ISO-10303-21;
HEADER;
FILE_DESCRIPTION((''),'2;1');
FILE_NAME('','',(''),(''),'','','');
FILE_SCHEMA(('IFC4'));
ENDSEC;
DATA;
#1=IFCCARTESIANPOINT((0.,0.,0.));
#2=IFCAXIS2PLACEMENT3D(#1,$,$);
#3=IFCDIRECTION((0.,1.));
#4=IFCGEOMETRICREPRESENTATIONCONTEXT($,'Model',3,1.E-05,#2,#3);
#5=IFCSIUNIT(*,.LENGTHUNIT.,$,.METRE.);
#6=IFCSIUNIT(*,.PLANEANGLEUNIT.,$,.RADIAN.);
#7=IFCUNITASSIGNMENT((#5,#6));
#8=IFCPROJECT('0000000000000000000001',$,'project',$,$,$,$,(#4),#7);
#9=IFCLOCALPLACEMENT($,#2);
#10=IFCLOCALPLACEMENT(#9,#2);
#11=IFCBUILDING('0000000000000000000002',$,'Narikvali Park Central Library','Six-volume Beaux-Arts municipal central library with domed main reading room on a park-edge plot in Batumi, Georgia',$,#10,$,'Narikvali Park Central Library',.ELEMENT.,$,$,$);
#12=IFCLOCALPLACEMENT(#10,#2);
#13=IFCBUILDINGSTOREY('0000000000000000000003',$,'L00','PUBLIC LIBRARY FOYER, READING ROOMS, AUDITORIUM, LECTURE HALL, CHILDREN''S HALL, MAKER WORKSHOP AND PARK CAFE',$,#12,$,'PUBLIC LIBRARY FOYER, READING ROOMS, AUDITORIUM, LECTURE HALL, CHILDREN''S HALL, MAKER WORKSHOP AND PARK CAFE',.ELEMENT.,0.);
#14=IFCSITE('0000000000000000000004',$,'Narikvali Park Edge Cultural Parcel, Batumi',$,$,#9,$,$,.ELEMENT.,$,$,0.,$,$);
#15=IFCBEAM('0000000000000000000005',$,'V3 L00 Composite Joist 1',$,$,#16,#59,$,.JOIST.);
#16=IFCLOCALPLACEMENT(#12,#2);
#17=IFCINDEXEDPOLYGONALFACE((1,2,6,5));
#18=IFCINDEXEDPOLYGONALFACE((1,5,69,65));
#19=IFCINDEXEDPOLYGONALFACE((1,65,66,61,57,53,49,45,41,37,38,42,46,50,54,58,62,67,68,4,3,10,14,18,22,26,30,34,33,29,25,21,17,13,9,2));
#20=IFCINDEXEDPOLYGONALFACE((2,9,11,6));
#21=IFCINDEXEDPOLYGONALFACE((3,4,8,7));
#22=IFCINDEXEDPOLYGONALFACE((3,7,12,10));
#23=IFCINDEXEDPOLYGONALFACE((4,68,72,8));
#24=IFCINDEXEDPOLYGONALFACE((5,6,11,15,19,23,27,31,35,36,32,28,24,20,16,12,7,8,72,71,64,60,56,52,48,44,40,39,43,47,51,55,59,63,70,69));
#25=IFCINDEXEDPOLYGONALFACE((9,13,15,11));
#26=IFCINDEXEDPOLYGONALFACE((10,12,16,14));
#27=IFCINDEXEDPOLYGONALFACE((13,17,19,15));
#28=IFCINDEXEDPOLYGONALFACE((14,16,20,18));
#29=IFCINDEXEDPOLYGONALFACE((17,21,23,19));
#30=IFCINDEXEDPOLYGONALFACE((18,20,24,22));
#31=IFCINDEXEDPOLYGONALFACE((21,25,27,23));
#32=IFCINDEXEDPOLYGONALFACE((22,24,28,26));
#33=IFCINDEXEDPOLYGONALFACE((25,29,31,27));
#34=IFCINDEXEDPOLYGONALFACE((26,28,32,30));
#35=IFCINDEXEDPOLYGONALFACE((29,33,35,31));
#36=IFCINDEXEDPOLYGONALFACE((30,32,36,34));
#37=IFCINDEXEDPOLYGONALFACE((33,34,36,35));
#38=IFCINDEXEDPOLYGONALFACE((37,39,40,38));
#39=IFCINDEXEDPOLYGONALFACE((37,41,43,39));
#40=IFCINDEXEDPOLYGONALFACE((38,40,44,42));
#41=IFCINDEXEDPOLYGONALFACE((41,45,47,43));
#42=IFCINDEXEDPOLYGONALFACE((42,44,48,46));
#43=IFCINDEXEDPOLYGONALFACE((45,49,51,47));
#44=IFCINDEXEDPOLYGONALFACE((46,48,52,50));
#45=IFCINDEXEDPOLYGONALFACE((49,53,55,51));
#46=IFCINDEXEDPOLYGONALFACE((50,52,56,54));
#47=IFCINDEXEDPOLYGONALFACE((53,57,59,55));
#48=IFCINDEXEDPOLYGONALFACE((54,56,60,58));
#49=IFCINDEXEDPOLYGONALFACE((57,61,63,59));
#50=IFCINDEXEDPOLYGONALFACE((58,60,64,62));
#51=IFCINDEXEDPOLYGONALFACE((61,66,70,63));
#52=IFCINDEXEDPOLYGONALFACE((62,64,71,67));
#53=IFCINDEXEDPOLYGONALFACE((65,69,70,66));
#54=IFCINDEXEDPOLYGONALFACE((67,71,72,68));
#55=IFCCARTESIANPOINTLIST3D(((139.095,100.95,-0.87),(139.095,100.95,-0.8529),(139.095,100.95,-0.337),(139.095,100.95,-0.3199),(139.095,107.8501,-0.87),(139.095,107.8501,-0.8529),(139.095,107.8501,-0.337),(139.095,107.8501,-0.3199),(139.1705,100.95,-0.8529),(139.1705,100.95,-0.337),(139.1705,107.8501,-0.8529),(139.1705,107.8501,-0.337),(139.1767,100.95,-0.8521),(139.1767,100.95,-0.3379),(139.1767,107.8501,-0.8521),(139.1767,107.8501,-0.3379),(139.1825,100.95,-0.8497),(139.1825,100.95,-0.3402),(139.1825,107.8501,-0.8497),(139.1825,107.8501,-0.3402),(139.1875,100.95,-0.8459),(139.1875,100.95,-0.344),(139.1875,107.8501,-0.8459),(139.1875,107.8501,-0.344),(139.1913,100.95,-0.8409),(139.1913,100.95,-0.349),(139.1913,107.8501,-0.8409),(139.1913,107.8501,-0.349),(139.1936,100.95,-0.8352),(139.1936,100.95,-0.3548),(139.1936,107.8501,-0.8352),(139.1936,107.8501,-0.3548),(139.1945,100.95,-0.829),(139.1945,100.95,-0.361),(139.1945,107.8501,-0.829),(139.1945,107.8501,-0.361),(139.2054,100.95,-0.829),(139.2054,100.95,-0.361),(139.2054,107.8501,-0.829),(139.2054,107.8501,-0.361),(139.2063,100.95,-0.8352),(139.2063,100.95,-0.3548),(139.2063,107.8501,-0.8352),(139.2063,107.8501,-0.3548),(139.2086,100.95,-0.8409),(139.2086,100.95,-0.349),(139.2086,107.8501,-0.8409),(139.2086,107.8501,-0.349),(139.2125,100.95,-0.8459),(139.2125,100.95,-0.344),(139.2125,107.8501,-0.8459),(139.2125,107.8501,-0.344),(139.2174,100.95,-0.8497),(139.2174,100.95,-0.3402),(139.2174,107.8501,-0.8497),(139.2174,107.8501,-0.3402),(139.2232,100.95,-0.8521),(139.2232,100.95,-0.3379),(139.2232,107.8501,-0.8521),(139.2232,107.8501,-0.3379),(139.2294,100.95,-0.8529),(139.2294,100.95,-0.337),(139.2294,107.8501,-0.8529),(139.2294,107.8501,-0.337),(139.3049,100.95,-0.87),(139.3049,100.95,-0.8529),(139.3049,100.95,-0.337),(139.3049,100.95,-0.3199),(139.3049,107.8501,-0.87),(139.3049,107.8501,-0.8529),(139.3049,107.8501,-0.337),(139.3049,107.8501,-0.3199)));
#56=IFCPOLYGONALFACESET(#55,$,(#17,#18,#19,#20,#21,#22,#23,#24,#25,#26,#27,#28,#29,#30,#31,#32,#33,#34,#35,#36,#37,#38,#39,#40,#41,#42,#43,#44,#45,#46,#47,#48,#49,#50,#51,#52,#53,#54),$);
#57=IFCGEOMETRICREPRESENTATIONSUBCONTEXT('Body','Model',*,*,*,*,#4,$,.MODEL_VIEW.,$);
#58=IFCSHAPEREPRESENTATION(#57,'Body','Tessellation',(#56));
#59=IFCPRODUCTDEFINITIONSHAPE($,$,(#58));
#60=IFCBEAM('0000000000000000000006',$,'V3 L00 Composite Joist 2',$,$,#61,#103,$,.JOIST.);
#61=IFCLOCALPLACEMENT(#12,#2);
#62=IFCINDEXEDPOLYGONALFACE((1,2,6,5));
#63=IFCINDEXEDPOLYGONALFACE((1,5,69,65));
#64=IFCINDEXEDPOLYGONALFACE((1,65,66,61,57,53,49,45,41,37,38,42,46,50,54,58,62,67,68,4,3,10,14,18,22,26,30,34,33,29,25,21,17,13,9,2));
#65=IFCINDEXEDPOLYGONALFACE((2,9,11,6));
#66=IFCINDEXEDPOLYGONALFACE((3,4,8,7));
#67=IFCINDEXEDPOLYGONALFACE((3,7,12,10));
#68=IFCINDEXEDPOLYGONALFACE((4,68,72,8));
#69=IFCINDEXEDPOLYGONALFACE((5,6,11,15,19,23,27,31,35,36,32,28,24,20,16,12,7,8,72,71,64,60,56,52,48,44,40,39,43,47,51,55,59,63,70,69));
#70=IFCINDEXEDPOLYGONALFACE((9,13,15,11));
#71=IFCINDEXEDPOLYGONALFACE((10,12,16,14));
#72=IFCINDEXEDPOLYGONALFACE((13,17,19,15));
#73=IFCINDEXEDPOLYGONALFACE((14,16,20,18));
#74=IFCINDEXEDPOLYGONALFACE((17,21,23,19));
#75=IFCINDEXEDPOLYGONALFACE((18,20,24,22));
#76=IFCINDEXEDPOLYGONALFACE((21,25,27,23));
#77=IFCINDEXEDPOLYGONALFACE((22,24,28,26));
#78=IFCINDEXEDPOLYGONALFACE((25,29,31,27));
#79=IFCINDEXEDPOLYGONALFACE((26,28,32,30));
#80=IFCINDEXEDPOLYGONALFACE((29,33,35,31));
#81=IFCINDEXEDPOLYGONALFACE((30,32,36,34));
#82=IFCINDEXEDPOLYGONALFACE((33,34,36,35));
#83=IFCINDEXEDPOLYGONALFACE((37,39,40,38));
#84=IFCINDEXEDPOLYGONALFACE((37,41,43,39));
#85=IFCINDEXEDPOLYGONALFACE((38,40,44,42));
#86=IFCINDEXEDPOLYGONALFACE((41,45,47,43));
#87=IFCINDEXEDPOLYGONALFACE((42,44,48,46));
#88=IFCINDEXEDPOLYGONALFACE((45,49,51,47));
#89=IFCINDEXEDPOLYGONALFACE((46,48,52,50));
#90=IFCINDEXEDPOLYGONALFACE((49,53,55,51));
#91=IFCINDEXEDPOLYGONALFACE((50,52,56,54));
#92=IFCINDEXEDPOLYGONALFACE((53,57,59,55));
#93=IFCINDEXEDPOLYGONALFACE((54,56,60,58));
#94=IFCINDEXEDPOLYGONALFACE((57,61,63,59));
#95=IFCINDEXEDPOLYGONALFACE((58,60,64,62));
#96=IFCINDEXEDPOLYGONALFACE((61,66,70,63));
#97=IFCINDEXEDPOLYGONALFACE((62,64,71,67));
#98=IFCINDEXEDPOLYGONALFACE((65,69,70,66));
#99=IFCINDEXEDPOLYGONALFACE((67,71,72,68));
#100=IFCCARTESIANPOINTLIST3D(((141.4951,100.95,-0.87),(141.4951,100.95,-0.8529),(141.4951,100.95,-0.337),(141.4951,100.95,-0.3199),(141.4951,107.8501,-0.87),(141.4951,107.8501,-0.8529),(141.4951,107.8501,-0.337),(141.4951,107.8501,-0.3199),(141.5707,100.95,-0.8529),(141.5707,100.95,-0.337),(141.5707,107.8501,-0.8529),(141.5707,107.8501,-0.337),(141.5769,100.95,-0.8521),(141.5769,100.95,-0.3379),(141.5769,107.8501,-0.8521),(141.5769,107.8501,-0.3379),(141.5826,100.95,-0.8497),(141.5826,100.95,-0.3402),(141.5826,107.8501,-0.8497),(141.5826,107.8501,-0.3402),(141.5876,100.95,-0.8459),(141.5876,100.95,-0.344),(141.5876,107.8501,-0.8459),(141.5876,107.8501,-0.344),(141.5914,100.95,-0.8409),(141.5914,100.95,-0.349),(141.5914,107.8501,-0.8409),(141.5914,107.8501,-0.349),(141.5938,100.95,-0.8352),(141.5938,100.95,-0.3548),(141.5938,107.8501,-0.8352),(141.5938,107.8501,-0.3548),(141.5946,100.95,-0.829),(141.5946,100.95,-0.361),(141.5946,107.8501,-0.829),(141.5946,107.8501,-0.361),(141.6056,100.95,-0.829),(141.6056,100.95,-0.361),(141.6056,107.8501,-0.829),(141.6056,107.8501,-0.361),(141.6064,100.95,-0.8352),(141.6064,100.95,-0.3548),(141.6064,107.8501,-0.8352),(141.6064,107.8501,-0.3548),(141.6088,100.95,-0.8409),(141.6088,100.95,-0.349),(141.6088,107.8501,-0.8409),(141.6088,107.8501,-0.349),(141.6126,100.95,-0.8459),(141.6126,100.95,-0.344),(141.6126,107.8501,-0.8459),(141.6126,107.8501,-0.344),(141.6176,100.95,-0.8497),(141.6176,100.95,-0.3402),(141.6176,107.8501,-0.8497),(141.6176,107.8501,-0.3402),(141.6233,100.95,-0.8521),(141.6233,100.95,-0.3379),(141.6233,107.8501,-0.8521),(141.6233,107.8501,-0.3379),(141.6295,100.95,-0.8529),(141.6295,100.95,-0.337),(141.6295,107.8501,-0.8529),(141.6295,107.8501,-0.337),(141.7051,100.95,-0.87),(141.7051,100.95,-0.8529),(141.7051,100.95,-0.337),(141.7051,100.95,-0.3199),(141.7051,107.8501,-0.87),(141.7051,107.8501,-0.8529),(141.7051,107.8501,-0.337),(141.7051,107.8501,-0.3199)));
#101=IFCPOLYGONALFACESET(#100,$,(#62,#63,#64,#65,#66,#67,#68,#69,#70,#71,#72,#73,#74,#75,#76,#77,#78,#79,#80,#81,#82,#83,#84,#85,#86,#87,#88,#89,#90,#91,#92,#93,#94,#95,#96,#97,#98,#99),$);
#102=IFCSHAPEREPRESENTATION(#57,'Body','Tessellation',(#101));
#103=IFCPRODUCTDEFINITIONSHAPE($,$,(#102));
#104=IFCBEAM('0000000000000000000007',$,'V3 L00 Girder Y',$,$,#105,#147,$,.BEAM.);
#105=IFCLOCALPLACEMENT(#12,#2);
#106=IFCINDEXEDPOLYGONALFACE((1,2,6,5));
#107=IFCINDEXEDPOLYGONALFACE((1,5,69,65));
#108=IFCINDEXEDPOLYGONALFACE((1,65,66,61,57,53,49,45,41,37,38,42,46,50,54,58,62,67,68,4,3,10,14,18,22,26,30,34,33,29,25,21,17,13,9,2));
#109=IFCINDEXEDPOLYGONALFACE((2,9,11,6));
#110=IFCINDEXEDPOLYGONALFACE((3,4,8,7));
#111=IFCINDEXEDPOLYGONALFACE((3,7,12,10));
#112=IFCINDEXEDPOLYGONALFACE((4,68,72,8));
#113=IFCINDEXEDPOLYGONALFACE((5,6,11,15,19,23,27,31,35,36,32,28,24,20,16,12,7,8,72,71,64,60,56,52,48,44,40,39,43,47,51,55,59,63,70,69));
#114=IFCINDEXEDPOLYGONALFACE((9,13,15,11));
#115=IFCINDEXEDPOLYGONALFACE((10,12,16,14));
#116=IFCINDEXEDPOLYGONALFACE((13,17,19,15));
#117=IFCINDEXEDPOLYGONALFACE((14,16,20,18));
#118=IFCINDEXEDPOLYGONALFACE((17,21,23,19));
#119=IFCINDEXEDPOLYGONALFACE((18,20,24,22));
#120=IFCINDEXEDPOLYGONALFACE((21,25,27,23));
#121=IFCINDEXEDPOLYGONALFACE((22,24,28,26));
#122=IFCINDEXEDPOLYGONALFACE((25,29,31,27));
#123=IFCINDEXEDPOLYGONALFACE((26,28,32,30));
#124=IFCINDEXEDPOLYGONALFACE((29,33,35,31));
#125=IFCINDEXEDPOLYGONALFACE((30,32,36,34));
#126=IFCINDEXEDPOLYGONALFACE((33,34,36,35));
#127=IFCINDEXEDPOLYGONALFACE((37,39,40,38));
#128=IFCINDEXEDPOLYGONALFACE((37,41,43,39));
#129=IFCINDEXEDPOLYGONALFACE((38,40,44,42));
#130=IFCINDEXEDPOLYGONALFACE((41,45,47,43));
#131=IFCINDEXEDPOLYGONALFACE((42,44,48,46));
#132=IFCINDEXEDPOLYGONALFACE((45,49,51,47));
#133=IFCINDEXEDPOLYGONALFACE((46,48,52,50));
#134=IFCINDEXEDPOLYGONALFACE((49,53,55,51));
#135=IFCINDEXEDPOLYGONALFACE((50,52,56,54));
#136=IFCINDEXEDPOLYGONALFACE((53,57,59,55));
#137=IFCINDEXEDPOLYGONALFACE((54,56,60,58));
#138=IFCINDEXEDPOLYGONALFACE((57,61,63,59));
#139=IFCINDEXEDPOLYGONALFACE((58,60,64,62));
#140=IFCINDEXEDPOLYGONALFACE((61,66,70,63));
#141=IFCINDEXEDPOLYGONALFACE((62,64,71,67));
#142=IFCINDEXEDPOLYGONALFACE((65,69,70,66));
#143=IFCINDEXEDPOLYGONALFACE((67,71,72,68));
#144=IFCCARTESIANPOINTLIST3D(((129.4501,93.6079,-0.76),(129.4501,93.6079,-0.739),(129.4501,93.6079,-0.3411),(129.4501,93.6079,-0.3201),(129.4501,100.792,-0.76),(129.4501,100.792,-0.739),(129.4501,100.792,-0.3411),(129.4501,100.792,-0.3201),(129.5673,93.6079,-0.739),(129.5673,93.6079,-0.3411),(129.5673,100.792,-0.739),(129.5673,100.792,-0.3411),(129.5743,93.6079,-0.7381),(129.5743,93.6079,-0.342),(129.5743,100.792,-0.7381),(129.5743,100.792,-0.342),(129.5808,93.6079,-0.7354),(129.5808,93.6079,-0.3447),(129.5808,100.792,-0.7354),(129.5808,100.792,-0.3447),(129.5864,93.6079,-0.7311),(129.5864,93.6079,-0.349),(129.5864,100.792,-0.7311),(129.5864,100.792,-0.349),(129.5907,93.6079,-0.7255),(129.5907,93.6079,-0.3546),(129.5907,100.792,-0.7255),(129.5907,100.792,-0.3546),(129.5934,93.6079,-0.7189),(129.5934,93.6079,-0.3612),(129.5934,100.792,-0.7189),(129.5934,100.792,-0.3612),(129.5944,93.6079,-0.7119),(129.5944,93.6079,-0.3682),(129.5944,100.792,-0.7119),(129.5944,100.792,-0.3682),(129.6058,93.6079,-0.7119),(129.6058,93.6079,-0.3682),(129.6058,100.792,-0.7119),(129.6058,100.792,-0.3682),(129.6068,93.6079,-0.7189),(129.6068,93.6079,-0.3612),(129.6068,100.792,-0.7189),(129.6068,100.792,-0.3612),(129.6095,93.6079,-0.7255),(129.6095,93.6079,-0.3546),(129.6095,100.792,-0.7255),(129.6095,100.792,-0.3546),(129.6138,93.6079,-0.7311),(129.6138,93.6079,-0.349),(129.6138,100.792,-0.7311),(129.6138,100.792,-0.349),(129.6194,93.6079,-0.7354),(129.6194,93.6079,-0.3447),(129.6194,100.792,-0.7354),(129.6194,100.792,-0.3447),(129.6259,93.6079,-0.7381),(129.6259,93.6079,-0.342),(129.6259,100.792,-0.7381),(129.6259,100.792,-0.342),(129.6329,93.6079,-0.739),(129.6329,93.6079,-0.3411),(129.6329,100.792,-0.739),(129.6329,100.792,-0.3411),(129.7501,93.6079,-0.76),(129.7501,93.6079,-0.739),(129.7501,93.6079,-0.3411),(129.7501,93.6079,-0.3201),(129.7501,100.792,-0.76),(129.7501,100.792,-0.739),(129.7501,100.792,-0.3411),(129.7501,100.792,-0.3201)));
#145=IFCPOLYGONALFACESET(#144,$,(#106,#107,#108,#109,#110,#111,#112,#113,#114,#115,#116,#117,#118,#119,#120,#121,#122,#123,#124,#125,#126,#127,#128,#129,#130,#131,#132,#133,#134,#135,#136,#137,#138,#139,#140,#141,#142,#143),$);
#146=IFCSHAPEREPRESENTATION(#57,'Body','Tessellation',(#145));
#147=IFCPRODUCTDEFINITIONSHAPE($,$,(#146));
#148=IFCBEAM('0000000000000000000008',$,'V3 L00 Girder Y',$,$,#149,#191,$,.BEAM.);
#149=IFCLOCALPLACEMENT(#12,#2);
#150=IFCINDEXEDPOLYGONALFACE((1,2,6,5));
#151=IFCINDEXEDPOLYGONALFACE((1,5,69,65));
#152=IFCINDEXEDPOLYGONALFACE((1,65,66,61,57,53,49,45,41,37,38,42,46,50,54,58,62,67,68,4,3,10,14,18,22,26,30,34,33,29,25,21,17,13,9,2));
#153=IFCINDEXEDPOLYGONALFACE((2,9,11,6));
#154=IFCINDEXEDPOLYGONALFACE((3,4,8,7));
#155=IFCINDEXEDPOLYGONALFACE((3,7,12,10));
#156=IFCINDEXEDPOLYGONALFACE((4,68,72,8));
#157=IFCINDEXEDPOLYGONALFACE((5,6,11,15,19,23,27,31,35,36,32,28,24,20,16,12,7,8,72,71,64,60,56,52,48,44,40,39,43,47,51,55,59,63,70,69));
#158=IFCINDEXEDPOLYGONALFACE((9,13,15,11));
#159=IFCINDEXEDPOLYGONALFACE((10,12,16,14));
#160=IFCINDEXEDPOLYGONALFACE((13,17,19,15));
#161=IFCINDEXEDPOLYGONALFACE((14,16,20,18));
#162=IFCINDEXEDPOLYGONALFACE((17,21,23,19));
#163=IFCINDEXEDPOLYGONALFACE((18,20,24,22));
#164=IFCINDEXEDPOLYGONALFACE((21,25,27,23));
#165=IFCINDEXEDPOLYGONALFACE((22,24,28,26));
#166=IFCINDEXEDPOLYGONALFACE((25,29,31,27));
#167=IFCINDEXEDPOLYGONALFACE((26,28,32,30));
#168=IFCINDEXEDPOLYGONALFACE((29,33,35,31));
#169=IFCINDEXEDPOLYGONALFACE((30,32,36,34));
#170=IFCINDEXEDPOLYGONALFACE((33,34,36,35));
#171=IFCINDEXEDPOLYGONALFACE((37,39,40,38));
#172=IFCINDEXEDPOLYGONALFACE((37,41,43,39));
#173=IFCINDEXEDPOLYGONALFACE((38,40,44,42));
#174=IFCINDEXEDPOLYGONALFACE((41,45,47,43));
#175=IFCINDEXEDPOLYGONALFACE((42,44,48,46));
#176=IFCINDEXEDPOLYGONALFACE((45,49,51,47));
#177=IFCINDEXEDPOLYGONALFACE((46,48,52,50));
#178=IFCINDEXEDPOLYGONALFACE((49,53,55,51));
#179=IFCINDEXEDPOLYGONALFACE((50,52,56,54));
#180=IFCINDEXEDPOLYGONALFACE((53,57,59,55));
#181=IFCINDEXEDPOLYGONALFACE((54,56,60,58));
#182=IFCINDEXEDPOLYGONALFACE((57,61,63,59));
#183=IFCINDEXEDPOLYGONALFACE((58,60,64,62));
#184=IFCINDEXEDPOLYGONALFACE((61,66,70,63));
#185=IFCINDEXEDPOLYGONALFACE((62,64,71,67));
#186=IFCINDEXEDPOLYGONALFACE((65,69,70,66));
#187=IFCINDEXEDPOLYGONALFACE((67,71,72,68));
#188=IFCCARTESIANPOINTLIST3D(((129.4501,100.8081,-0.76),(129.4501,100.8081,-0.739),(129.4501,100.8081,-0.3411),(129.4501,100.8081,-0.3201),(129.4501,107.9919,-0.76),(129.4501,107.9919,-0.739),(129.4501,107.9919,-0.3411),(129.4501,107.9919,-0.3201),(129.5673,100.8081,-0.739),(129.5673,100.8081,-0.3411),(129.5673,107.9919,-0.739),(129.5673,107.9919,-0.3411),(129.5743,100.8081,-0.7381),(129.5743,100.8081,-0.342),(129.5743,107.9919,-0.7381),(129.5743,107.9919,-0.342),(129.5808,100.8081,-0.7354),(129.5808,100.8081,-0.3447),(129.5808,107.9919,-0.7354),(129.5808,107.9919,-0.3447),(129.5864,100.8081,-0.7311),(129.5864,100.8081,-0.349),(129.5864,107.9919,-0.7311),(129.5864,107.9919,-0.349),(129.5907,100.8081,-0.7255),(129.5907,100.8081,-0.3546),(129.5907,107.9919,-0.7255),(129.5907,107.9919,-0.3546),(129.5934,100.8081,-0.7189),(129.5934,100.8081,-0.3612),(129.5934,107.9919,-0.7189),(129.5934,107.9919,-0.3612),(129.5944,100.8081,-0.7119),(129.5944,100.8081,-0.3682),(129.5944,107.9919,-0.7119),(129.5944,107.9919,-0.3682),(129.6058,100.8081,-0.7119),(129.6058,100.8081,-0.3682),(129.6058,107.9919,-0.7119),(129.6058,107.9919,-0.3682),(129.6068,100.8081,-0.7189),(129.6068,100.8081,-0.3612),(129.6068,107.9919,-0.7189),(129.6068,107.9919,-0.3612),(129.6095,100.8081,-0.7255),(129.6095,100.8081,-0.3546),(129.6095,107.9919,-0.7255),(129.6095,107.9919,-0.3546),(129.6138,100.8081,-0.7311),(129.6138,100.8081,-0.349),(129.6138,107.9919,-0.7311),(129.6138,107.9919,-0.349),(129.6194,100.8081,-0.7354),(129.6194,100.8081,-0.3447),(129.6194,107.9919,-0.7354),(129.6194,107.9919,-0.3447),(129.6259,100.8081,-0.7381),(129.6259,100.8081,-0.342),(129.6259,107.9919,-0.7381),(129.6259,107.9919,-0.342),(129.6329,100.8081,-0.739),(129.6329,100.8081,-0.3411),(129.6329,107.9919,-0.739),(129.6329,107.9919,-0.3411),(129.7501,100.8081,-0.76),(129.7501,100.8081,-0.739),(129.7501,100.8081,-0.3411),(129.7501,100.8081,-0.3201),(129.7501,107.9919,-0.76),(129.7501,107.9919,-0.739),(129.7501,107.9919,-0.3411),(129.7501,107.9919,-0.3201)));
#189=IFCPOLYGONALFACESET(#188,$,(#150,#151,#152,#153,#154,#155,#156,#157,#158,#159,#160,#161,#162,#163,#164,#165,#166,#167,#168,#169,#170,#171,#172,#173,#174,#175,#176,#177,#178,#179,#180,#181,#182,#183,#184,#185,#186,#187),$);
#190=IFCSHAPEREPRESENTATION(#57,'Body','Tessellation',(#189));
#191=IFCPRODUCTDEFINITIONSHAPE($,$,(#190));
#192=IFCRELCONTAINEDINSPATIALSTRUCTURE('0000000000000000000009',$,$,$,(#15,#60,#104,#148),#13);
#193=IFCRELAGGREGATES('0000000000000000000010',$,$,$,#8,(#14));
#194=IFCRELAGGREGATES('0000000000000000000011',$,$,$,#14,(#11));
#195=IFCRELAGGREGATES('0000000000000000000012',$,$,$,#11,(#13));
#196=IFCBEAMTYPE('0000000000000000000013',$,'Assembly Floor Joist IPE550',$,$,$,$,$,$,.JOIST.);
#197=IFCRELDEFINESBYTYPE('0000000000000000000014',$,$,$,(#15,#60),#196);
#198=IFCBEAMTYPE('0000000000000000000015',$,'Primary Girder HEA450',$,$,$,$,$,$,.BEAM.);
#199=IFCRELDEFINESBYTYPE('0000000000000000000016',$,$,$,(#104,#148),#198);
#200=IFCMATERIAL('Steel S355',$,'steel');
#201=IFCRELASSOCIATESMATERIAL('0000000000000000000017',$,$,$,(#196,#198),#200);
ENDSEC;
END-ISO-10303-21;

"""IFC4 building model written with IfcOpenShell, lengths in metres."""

from ifc_helpers import new_model, si_unit, direction, frame, origin, origin_2d, place, context, subcontext, project, spatial, i_section, extrude, material, material_profile, profile_set, type_object, element, save


model = new_model("IFC4")

# Units and contexts
model_context = context("Model", 3, precision=1e-05, world=origin(), true_north=direction((0.0, 1.0)))
body_context = subcontext(model_context, "Body", "Model", "MODEL_VIEW")
ifc_project = project(units=[si_unit("LENGTHUNIT", "METRE"), si_unit("PLANEANGLEUNIT", "RADIAN")], contexts=[model_context])

# Site, building, storey
site_placement = place(None, origin())
site = spatial("IfcSite", under=ifc_project, at=site_placement, Name="Narikvali Park Edge Cultural Parcel, Batumi", CompositionType="ELEMENT", RefElevation=0.0)
building_placement = place(site_placement, origin())
building = spatial("IfcBuilding", under=site, at=building_placement, Name="Narikvali Park Central Library", Description="Six-volume Beaux-Arts municipal central library with domed main reading room on a park-edge plot in Batumi, Georgia", LongName="Narikvali Park Central Library", CompositionType="ELEMENT")
storey_placement = place(building_placement, origin())
storey = spatial("IfcBuildingStorey", under=building, at=storey_placement, Name="L00", Description="PUBLIC LIBRARY FOYER, READING ROOMS, AUDITORIUM, LECTURE HALL, CHILDREN'S HALL, MAKER WORKSHOP AND PARK CAFE", LongName="PUBLIC LIBRARY FOYER, READING ROOMS, AUDITORIUM, LECTURE HALL, CHILDREN'S HALL, MAKER WORKSHOP AND PARK CAFE", CompositionType="ELEMENT", Elevation=0.0)

# Shared definitions
ifc_material_1 = material(Name="Steel S355", Category="steel")

# Beams
ifc_material_profile_1 = material_profile(ifc_material_1, i_section(OverallWidth=0.21, OverallDepth=0.55, WebThickness=0.011, FlangeThickness=0.0171, FilletRadius=0.0239, at=origin_2d()), Name="IPE 550")
ifc_profile_set_1 = profile_set([ifc_material_profile_1], Name="Steel S355")
beam_type_1 = type_object("IfcBeamType", Name="Assembly Floor Joist IPE550", PredefinedType="JOIST", material=ifc_profile_set_1)
for number, where, z_axis, x_axis, name in (
    (1, (139.2, 100.95, -0.595), (0.0, 1.0, 0.0), (-1.0, 0.0, 0.0), "V3 L00 Composite Joist 1"),
    (2, (141.6001, 100.95, -0.595), (0.0, 1.0, 0.0), (-1.0, 0.0, 0.0), "V3 L00 Composite Joist 2"),
):
    element("IfcBeam", number, at=place(storey_placement, frame(where, z_axis=z_axis, x_axis=x_axis)), inside=storey, type_object=beam_type_1, Name=name, PredefinedType="JOIST", context=body_context, shape_type="SweptSolid", body=[
        extrude(i_section(OverallWidth=0.21, OverallDepth=0.55, WebThickness=0.011, FlangeThickness=0.0171, FilletRadius=0.0239, at=origin_2d()), origin(), (0.0, 0.0, 1.0), 6.9001),
    ])
ifc_material_profile_2 = material_profile(ifc_material_1, i_section(OverallWidth=0.3, OverallDepth=0.4399, WebThickness=0.0115, FlangeThickness=0.021, FilletRadius=0.0271, at=origin_2d()), Name="HEA 450")
ifc_profile_set_2 = profile_set([ifc_material_profile_2], Name="Steel S355")
beam_type_2 = type_object("IfcBeamType", Name="Primary Girder HEA450", PredefinedType="BEAM", material=ifc_profile_set_2)
beam_1_placement = place(storey_placement, frame((129.6001, 93.6079, -0.54), z_axis=(0.0, 1.0, 0.0), x_axis=(-1.0, 0.0, 0.0)))
element("IfcBeam", 3, at=beam_1_placement, inside=storey, type_object=beam_type_2, Name="V3 L00 Girder Y", PredefinedType="BEAM", context=body_context, shape_type="SweptSolid", body=[
    extrude(i_section(OverallWidth=0.3, OverallDepth=0.4399, WebThickness=0.0115, FlangeThickness=0.021, FilletRadius=0.0271, at=origin_2d()), origin(), (0.0, 0.0, 1.0), 7.1841),
])
beam_2_placement = place(storey_placement, frame((129.6001, 100.8081, -0.54), z_axis=(0.0, 1.0, 0.0), x_axis=(-1.0, 0.0, 0.0)))
element("IfcBeam", 4, at=beam_2_placement, inside=storey, type_object=beam_type_2, Name="V3 L00 Girder Y", PredefinedType="BEAM", context=body_context, shape_type="SweptSolid", body=[
    extrude(i_section(OverallWidth=0.3, OverallDepth=0.4399, WebThickness=0.0115, FlangeThickness=0.021, FilletRadius=0.0271, at=origin_2d()), origin(), (0.0, 0.0, 1.0), 7.1838),
])

save(model, "model.ifc")
